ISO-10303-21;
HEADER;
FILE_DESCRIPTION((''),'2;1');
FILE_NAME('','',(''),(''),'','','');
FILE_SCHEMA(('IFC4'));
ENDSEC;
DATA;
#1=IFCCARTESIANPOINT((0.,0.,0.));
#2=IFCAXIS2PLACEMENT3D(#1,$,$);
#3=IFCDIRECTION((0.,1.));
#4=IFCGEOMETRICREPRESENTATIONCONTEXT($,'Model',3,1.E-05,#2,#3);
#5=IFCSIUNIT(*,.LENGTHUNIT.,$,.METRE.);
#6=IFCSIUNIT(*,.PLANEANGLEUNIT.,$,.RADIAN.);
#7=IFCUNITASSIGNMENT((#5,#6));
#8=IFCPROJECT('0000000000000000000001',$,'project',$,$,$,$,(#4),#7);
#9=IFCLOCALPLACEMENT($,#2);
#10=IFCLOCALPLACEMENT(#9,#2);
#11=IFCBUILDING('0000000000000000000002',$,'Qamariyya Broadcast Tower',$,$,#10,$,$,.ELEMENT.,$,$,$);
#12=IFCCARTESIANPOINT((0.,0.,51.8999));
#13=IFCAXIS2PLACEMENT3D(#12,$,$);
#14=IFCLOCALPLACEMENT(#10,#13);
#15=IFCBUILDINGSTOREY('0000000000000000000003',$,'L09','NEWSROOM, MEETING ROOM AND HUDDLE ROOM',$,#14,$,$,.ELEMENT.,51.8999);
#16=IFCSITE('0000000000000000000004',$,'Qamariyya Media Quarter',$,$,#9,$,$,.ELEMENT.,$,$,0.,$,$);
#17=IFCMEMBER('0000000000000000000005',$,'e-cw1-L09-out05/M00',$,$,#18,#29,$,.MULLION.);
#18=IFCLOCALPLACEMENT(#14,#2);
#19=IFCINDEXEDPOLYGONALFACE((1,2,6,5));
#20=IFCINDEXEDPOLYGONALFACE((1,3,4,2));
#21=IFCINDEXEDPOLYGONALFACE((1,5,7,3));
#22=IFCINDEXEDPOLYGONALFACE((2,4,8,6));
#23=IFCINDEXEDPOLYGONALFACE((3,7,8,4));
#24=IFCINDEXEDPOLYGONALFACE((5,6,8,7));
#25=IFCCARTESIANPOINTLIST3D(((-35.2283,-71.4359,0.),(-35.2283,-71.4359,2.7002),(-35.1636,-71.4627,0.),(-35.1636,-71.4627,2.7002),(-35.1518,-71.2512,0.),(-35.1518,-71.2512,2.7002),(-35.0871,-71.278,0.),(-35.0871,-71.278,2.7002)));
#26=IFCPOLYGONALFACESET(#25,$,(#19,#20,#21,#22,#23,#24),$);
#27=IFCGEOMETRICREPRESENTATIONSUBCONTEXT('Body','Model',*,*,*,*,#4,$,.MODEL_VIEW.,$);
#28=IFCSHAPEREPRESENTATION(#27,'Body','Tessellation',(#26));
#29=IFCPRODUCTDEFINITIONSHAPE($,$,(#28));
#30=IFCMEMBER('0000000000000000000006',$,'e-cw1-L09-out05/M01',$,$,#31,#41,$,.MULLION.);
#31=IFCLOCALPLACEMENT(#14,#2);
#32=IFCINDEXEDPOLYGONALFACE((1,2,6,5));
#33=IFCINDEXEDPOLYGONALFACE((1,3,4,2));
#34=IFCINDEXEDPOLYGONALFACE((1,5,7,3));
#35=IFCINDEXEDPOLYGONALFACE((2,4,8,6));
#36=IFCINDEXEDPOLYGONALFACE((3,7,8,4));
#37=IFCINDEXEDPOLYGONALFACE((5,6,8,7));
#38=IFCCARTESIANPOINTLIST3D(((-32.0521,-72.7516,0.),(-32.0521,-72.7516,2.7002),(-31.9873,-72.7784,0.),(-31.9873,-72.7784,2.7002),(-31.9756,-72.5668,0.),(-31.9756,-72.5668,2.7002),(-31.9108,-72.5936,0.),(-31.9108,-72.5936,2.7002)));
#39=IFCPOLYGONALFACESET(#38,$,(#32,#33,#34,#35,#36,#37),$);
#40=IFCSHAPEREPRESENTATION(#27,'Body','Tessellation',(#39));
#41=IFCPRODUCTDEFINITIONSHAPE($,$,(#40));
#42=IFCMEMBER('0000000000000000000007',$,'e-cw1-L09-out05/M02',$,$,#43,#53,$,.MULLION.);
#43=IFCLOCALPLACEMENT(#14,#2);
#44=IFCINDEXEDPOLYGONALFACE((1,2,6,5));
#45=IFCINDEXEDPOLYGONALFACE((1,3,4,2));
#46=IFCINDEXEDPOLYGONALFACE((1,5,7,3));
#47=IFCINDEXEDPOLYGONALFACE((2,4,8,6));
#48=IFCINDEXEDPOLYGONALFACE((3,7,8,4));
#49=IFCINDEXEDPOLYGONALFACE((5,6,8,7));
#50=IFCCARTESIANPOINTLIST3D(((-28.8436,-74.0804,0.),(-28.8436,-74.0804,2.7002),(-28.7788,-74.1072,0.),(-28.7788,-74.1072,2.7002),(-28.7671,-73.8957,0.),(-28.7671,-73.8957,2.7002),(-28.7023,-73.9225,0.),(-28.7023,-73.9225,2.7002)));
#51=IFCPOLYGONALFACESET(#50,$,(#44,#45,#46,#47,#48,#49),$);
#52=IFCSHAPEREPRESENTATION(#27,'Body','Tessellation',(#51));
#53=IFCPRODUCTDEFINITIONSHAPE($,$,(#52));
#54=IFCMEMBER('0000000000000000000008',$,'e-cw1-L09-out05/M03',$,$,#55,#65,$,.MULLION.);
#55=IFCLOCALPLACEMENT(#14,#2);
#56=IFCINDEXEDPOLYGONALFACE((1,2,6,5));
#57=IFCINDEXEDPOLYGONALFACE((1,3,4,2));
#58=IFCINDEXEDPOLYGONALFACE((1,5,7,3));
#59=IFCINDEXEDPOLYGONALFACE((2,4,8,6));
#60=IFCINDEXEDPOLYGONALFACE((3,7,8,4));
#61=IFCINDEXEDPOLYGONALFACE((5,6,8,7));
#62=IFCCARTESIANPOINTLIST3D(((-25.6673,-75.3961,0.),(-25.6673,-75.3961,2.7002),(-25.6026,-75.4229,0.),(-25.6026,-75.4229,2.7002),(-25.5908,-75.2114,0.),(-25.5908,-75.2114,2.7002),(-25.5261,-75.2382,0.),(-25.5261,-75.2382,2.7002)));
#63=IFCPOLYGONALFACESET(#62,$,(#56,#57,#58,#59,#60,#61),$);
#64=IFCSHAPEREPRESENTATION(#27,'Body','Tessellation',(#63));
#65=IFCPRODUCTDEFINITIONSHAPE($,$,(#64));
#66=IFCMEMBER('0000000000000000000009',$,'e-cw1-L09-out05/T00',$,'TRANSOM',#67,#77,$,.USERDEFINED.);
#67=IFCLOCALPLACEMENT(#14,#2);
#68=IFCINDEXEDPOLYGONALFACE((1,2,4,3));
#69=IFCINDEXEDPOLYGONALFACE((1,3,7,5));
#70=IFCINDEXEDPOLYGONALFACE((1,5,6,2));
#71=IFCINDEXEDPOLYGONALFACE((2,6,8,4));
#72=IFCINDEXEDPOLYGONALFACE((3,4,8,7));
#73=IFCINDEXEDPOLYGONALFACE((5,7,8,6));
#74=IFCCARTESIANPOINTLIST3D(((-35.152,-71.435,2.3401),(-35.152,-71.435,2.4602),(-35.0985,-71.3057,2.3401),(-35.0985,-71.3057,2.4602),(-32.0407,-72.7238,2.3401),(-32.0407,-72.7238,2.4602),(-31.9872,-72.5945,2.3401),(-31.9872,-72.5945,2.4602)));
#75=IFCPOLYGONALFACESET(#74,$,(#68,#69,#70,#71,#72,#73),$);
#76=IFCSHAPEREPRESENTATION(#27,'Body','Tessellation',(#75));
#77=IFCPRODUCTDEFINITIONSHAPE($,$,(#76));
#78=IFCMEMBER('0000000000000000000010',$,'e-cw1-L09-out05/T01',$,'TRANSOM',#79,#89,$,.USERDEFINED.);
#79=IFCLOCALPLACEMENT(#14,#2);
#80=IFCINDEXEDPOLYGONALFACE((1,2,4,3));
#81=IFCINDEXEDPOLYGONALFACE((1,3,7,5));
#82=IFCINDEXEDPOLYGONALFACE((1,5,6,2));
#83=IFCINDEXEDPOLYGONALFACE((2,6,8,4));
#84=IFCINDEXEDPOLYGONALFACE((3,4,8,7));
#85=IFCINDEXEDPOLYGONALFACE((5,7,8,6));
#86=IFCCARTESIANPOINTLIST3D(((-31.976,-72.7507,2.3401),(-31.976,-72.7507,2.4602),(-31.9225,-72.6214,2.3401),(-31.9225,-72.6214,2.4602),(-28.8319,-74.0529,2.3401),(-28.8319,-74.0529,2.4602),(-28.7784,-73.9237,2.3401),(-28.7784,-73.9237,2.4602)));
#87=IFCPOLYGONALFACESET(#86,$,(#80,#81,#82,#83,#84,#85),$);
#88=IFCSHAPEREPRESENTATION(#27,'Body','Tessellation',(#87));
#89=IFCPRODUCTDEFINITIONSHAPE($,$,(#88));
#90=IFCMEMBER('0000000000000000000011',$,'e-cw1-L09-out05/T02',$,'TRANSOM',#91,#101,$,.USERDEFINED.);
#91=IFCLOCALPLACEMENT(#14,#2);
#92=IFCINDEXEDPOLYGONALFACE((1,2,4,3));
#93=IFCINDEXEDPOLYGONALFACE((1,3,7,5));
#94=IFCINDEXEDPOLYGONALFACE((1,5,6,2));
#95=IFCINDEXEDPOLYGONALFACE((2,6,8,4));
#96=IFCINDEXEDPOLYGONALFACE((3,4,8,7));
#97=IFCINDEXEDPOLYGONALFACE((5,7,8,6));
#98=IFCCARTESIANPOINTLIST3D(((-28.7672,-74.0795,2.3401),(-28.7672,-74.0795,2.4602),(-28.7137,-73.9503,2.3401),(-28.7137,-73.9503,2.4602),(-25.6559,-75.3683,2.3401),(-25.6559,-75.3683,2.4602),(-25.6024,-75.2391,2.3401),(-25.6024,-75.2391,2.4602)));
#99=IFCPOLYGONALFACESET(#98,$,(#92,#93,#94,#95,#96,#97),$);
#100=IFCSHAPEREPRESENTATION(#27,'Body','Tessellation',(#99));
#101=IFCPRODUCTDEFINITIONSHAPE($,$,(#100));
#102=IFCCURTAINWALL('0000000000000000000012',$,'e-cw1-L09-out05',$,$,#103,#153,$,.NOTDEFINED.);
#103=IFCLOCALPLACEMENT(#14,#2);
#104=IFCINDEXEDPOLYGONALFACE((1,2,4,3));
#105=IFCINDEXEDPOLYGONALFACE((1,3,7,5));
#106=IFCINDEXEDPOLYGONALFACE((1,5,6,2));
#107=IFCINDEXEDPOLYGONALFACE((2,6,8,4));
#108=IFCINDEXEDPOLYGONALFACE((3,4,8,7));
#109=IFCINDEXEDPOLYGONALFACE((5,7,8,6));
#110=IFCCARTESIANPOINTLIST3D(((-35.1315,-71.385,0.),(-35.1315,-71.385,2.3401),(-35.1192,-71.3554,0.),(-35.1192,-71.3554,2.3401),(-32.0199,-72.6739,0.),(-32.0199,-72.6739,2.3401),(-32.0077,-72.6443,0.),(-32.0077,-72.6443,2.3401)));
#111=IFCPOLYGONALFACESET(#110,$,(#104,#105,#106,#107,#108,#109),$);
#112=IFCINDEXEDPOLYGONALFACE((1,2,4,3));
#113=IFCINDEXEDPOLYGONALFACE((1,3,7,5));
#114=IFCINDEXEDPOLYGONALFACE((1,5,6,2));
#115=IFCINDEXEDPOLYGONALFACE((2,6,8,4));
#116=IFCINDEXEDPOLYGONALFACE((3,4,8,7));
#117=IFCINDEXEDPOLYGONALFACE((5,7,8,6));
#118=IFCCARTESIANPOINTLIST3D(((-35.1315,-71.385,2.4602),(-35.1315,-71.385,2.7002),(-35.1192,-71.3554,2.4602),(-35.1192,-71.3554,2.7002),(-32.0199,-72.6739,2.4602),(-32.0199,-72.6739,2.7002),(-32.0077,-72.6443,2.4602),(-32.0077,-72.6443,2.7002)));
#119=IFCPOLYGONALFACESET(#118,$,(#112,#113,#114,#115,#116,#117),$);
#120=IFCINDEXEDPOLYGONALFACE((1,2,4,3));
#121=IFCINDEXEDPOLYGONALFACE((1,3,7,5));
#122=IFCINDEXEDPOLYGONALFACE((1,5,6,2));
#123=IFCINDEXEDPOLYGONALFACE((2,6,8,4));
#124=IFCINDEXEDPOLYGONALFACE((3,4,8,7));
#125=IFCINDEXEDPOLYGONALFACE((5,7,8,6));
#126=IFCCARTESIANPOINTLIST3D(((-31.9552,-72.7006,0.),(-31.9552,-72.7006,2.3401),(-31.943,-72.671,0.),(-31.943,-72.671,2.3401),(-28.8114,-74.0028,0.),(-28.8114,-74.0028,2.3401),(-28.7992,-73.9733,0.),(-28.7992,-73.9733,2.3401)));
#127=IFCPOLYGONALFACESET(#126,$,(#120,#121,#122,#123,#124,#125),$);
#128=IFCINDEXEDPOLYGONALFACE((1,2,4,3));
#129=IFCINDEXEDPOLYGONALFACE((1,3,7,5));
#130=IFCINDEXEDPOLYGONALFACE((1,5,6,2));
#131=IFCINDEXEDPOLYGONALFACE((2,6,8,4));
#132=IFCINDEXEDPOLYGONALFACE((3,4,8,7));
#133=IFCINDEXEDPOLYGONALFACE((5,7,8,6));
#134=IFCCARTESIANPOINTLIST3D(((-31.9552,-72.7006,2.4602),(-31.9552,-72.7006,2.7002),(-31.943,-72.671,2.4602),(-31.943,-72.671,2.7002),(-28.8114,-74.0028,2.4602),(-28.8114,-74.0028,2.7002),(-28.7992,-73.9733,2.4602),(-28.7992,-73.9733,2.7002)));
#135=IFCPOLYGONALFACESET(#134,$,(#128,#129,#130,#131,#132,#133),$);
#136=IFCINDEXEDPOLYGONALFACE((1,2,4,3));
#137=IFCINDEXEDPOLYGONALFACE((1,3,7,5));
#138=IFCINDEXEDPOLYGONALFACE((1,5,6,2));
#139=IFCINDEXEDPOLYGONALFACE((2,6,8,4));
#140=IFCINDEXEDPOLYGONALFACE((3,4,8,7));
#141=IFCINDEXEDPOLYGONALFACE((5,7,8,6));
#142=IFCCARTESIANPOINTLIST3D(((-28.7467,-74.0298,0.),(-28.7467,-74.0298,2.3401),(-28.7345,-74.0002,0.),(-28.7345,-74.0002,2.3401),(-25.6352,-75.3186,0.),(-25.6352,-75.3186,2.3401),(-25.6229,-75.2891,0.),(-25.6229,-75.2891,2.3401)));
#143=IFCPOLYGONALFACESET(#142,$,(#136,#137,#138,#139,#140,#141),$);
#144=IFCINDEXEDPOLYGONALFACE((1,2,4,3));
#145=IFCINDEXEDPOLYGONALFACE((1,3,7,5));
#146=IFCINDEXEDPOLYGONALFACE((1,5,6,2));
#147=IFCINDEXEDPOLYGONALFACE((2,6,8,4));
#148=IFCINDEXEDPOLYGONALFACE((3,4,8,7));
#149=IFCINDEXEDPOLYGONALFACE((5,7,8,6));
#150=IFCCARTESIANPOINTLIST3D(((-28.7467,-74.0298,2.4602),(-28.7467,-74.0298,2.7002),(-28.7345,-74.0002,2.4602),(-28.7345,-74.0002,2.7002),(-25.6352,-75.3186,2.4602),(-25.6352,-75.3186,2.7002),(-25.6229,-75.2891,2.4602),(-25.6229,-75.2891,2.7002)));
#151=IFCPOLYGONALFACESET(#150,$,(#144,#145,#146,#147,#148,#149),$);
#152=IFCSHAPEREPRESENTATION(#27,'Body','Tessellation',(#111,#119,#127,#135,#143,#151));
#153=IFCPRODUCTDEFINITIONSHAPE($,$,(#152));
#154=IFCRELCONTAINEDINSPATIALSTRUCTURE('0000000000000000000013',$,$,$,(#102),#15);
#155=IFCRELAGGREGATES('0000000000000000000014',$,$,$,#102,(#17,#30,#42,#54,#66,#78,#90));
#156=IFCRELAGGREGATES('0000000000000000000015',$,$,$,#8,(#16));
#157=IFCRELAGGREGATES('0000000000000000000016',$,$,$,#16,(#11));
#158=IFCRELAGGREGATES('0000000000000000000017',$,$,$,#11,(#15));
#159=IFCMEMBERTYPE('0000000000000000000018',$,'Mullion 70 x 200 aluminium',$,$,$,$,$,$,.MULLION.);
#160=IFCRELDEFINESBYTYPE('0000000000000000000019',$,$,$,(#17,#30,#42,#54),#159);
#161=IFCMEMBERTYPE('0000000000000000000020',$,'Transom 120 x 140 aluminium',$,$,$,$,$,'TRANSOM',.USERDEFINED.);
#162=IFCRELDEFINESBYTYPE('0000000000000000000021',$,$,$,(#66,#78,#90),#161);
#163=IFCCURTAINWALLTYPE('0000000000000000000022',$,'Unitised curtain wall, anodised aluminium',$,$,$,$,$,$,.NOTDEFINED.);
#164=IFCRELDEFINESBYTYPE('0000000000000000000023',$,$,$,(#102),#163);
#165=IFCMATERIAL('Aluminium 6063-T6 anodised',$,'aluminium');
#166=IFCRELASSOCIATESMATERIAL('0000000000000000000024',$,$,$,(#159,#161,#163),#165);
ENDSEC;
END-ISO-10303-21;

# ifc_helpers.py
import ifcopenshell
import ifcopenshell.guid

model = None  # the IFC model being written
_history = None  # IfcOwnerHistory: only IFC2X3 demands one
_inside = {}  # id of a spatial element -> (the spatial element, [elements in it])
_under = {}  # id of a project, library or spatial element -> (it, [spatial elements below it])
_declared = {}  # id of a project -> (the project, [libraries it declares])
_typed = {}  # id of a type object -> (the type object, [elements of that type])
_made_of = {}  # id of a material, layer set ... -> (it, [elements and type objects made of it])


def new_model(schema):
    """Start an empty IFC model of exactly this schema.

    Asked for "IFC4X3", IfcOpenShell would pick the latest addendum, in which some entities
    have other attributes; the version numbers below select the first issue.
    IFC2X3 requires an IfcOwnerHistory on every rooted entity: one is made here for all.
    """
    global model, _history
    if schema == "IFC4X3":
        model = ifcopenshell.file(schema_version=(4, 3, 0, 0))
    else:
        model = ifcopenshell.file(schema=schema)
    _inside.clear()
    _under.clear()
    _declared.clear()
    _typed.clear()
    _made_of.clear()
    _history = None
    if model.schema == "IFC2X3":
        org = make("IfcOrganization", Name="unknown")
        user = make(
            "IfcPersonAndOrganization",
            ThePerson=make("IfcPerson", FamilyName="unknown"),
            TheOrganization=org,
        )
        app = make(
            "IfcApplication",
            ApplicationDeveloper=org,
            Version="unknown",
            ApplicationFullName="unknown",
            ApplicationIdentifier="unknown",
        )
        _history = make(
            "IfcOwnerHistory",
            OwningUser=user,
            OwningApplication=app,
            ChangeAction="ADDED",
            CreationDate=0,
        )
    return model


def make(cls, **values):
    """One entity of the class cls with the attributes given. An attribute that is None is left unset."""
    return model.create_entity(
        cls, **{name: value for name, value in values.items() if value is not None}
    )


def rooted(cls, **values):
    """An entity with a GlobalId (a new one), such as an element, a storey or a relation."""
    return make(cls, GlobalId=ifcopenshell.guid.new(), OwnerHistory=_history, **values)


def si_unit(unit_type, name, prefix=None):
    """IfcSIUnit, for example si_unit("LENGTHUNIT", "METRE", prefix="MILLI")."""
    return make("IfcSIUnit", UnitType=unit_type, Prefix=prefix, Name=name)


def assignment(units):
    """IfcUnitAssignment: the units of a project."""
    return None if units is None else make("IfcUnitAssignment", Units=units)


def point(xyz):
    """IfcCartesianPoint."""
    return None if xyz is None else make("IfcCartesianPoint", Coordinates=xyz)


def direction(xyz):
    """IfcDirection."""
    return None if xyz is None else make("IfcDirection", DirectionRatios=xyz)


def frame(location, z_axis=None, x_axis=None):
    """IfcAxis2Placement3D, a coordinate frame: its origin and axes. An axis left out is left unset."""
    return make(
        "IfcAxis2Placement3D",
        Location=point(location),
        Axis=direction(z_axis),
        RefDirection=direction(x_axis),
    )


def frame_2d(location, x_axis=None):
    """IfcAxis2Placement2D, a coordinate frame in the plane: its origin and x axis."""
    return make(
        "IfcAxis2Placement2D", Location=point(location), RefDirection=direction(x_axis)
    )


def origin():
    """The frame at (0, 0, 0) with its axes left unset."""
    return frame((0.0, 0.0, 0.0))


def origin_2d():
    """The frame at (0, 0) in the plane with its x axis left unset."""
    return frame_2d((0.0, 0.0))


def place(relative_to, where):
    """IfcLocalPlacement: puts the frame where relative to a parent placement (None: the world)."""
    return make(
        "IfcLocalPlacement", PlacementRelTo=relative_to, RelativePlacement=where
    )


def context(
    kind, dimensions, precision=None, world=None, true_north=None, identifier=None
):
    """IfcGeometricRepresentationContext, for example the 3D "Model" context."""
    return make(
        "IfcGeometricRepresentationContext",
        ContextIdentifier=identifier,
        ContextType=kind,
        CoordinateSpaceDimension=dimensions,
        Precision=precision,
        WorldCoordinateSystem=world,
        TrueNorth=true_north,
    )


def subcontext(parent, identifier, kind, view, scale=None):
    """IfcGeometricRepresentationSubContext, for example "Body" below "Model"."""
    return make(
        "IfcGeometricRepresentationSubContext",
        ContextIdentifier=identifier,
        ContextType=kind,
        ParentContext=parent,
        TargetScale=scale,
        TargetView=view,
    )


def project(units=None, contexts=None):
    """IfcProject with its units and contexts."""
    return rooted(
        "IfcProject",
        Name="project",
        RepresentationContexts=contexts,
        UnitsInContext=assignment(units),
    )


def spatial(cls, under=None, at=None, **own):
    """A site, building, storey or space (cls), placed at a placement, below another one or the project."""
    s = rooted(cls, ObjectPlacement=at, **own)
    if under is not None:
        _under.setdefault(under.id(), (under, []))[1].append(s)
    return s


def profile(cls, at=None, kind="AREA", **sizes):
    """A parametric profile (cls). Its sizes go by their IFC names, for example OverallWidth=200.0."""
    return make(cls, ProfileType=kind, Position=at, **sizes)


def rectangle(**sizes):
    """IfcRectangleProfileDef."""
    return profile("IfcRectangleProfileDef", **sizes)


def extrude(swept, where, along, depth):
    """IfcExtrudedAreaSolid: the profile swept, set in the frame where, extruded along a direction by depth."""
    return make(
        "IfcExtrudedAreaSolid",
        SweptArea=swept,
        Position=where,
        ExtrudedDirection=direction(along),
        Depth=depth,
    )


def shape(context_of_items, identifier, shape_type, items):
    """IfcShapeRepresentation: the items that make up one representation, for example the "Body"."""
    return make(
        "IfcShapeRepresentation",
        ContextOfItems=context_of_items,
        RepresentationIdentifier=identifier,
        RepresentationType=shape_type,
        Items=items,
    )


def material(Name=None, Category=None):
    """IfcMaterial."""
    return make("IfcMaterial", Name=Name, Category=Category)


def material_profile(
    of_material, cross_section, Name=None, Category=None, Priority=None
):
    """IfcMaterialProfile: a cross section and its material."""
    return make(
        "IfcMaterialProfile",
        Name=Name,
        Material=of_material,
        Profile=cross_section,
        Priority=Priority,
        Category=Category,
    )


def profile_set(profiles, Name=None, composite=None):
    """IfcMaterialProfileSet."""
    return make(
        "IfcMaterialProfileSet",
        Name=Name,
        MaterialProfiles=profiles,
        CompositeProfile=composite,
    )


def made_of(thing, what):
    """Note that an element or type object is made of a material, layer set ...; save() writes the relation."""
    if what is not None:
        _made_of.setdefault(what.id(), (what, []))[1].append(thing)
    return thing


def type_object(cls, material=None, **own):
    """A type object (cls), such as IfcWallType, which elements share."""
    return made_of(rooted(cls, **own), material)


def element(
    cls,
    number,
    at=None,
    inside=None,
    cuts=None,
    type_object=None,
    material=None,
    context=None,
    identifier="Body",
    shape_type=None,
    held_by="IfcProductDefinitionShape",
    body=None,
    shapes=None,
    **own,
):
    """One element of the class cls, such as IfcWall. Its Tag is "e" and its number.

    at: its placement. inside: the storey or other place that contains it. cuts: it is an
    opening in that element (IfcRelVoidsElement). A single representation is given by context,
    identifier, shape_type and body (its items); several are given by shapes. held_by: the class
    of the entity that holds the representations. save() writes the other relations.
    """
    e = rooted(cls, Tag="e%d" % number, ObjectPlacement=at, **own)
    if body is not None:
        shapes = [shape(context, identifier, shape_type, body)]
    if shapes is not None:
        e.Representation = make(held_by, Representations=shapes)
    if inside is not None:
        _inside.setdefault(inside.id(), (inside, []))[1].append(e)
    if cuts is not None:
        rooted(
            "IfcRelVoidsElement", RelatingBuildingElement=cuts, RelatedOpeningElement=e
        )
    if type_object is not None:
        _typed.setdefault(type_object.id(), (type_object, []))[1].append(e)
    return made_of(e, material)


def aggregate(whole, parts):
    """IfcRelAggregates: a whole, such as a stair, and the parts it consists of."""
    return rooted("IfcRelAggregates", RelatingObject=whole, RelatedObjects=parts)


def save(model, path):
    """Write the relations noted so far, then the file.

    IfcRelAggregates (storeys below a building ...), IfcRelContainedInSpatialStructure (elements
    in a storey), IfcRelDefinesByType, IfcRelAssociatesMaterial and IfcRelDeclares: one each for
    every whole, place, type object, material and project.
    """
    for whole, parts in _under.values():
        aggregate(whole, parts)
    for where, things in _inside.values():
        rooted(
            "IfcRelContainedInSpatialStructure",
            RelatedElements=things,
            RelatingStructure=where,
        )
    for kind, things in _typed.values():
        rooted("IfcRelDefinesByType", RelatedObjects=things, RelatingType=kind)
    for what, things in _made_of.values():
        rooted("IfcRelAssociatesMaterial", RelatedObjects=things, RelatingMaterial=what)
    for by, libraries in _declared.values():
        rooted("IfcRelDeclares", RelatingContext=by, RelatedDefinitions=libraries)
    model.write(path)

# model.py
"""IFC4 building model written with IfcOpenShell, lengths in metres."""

from ifc_helpers import new_model, si_unit, direction, frame, origin, origin_2d, place, context, subcontext, project, spatial, rectangle, extrude, material, material_profile, profile_set, type_object, element, aggregate, save


model = new_model("IFC4")

# Units and contexts
model_context = context("Model", 3, precision=1e-05, world=origin(), true_north=direction((0.0, 1.0)))
body_context = subcontext(model_context, "Body", "Model", "MODEL_VIEW")
ifc_project = project(units=[si_unit("LENGTHUNIT", "METRE"), si_unit("PLANEANGLEUNIT", "RADIAN")], contexts=[model_context])

# Members
ifc_material = material(Name="Aluminium 6063-T6 anodised", Category="aluminium")
ifc_material_profile_1 = material_profile(ifc_material, rectangle(XDim=0.2, YDim=0.0701, at=origin_2d()))
ifc_profile_set_1 = profile_set([ifc_material_profile_1], Name="Aluminium 6063-T6 anodised")
member_type_1 = type_object("IfcMemberType", Name="Mullion 70 x 200 aluminium", PredefinedType="MULLION", material=ifc_profile_set_1)
site_placement = place(None, origin())
building_placement = place(site_placement, origin())
storey_placement = place(building_placement, frame((0.0, 0.0, 51.8999)))
member_1_placement = place(storey_placement, frame((-35.1577, -71.3569, 0.0), z_axis=(0.0, 0.0, 1.0), x_axis=(0.382683, 0.92388, 0.0)))
member_1 = element("IfcMember", 1, at=member_1_placement, type_object=member_type_1, Name="e-cw1-L09-out05/M00", PredefinedType="MULLION", context=body_context, shape_type="SweptSolid", body=[
    extrude(rectangle(XDim=0.2, YDim=0.0701, at=origin_2d()), origin(), (0.0, 0.0, 1.0), 2.7002),
])
member_2_placement = place(storey_placement, frame((-31.9814, -72.6726, 0.0), z_axis=(0.0, 0.0, 1.0), x_axis=(0.382683, 0.92388, 0.0)))
member_2 = element("IfcMember", 2, at=member_2_placement, type_object=member_type_1, Name="e-cw1-L09-out05/M01", PredefinedType="MULLION", context=body_context, shape_type="SweptSolid", body=[
    extrude(rectangle(XDim=0.2, YDim=0.0701, at=origin_2d()), origin(), (0.0, 0.0, 1.0), 2.7002),
])
member_3_placement = place(storey_placement, frame((-28.7729, -74.0015, 0.0), z_axis=(0.0, 0.0, 1.0), x_axis=(0.382683, 0.92388, 0.0)))
member_3 = element("IfcMember", 3, at=member_3_placement, type_object=member_type_1, Name="e-cw1-L09-out05/M02", PredefinedType="MULLION", context=body_context, shape_type="SweptSolid", body=[
    extrude(rectangle(XDim=0.2, YDim=0.0701, at=origin_2d()), origin(), (0.0, 0.0, 1.0), 2.7002),
])
member_4_placement = place(storey_placement, frame((-25.5967, -75.3171, 0.0), z_axis=(0.0, 0.0, 1.0), x_axis=(0.382683, 0.92388, 0.0)))
member_4 = element("IfcMember", 4, at=member_4_placement, type_object=member_type_1, Name="e-cw1-L09-out05/M03", PredefinedType="MULLION", context=body_context, shape_type="SweptSolid", body=[
    extrude(rectangle(XDim=0.2, YDim=0.0701, at=origin_2d()), origin(), (0.0, 0.0, 1.0), 2.7002),
])
ifc_material_profile_2 = material_profile(ifc_material, rectangle(XDim=0.1399, YDim=0.1201, at=origin_2d()))
ifc_profile_set_2 = profile_set([ifc_material_profile_2], Name="Aluminium 6063-T6 anodised")
member_type_2 = type_object("IfcMemberType", Name="Transom 120 x 140 aluminium", ElementType="TRANSOM", PredefinedType="USERDEFINED", material=ifc_profile_set_2)
member_5_placement = place(storey_placement, frame((-35.1252, -71.3704, 2.4001), z_axis=(0.923873, -0.3827, 0.0), x_axis=(0.3827, 0.923873, 0.0)))
member_5 = element("IfcMember", 5, at=member_5_placement, type_object=member_type_2, Name="e-cw1-L09-out05/T00", ObjectType="TRANSOM", PredefinedType="USERDEFINED", context=body_context, shape_type="SweptSolid", body=[
    extrude(rectangle(XDim=0.1399, YDim=0.1201, at=origin_2d()), origin(), (0.0, 0.0, 1.0), 3.3677),
])
member_6_placement = place(storey_placement, frame((-31.9492, -72.686, 2.4001), z_axis=(0.923886, -0.382669, 0.0), x_axis=(0.382669, 0.923886, 0.0)))
member_6 = element("IfcMember", 6, at=member_6_placement, type_object=member_type_2, Name="e-cw1-L09-out05/T01", ObjectType="TRANSOM", PredefinedType="USERDEFINED", context=body_context, shape_type="SweptSolid", body=[
    extrude(rectangle(XDim=0.1399, YDim=0.1201, at=origin_2d()), origin(), (0.0, 0.0, 1.0), 3.4031),
])
member_7_placement = place(storey_placement, frame((-28.7405, -74.0149, 2.4001), z_axis=(0.923873, -0.3827, 0.0), x_axis=(0.3827, 0.923873, 0.0)))
member_7 = element("IfcMember", 7, at=member_7_placement, type_object=member_type_2, Name="e-cw1-L09-out05/T02", ObjectType="TRANSOM", PredefinedType="USERDEFINED", context=body_context, shape_type="SweptSolid", body=[
    extrude(rectangle(XDim=0.1399, YDim=0.1201, at=origin_2d()), origin(), (0.0, 0.0, 1.0), 3.3677),
])

# Site, building, storey
site = spatial("IfcSite", under=ifc_project, at=site_placement, Name="Qamariyya Media Quarter", CompositionType="ELEMENT", RefElevation=0.0)
building = spatial("IfcBuilding", under=site, at=building_placement, Name="Qamariyya Broadcast Tower", CompositionType="ELEMENT")
storey = spatial("IfcBuildingStorey", under=building, at=storey_placement, Name="L09", Description="NEWSROOM, MEETING ROOM AND HUDDLE ROOM", CompositionType="ELEMENT", Elevation=51.8999)

# Curtain wall
curtain_wall_type = type_object("IfcCurtainWallType", Name="Unitised curtain wall, anodised aluminium", PredefinedType="NOTDEFINED", material=ifc_material)
curtain_wall_1_placement = place(storey_placement, origin())
curtain_wall_1 = element("IfcCurtainWall", 8, at=curtain_wall_1_placement, inside=storey, type_object=curtain_wall_type, Name="e-cw1-L09-out05", PredefinedType="NOTDEFINED", context=body_context, shape_type="SweptSolid", body=[
    extrude(rectangle(XDim=3.3679, YDim=0.032, at=origin_2d()), frame((-33.5696, -72.0146, 0.0), x_axis=(0.923878, -0.382688, 0.0)), (0.0, 0.0, 1.0), 2.3401),
    extrude(rectangle(XDim=3.3679, YDim=0.032, at=origin_2d()), frame((-33.5696, -72.0146, 2.4602), x_axis=(0.923878, -0.382688, 0.0)), (0.0, 0.0, 1.0), 0.24),
    extrude(rectangle(XDim=3.4028, YDim=0.032, at=origin_2d()), frame((-30.3772, -73.3369, 0.0), x_axis=(0.923878, -0.382688, 0.0)), (0.0, 0.0, 1.0), 2.3401),
    extrude(rectangle(XDim=3.4028, YDim=0.032, at=origin_2d()), frame((-30.3772, -73.3369, 2.4602), x_axis=(0.923878, -0.382688, 0.0)), (0.0, 0.0, 1.0), 0.24),
    extrude(rectangle(XDim=3.3679, YDim=0.032, at=origin_2d()), frame((-27.1848, -74.6594, 0.0), x_axis=(0.923878, -0.382688, 0.0)), (0.0, 0.0, 1.0), 2.3401),
    extrude(rectangle(XDim=3.3679, YDim=0.032, at=origin_2d()), frame((-27.1848, -74.6594, 2.4602), x_axis=(0.923878, -0.382688, 0.0)), (0.0, 0.0, 1.0), 0.24),
])
aggregate(curtain_wall_1, [member_1, member_2, member_3, member_4, member_5, member_6, member_7])

save(model, "model.ifc")
